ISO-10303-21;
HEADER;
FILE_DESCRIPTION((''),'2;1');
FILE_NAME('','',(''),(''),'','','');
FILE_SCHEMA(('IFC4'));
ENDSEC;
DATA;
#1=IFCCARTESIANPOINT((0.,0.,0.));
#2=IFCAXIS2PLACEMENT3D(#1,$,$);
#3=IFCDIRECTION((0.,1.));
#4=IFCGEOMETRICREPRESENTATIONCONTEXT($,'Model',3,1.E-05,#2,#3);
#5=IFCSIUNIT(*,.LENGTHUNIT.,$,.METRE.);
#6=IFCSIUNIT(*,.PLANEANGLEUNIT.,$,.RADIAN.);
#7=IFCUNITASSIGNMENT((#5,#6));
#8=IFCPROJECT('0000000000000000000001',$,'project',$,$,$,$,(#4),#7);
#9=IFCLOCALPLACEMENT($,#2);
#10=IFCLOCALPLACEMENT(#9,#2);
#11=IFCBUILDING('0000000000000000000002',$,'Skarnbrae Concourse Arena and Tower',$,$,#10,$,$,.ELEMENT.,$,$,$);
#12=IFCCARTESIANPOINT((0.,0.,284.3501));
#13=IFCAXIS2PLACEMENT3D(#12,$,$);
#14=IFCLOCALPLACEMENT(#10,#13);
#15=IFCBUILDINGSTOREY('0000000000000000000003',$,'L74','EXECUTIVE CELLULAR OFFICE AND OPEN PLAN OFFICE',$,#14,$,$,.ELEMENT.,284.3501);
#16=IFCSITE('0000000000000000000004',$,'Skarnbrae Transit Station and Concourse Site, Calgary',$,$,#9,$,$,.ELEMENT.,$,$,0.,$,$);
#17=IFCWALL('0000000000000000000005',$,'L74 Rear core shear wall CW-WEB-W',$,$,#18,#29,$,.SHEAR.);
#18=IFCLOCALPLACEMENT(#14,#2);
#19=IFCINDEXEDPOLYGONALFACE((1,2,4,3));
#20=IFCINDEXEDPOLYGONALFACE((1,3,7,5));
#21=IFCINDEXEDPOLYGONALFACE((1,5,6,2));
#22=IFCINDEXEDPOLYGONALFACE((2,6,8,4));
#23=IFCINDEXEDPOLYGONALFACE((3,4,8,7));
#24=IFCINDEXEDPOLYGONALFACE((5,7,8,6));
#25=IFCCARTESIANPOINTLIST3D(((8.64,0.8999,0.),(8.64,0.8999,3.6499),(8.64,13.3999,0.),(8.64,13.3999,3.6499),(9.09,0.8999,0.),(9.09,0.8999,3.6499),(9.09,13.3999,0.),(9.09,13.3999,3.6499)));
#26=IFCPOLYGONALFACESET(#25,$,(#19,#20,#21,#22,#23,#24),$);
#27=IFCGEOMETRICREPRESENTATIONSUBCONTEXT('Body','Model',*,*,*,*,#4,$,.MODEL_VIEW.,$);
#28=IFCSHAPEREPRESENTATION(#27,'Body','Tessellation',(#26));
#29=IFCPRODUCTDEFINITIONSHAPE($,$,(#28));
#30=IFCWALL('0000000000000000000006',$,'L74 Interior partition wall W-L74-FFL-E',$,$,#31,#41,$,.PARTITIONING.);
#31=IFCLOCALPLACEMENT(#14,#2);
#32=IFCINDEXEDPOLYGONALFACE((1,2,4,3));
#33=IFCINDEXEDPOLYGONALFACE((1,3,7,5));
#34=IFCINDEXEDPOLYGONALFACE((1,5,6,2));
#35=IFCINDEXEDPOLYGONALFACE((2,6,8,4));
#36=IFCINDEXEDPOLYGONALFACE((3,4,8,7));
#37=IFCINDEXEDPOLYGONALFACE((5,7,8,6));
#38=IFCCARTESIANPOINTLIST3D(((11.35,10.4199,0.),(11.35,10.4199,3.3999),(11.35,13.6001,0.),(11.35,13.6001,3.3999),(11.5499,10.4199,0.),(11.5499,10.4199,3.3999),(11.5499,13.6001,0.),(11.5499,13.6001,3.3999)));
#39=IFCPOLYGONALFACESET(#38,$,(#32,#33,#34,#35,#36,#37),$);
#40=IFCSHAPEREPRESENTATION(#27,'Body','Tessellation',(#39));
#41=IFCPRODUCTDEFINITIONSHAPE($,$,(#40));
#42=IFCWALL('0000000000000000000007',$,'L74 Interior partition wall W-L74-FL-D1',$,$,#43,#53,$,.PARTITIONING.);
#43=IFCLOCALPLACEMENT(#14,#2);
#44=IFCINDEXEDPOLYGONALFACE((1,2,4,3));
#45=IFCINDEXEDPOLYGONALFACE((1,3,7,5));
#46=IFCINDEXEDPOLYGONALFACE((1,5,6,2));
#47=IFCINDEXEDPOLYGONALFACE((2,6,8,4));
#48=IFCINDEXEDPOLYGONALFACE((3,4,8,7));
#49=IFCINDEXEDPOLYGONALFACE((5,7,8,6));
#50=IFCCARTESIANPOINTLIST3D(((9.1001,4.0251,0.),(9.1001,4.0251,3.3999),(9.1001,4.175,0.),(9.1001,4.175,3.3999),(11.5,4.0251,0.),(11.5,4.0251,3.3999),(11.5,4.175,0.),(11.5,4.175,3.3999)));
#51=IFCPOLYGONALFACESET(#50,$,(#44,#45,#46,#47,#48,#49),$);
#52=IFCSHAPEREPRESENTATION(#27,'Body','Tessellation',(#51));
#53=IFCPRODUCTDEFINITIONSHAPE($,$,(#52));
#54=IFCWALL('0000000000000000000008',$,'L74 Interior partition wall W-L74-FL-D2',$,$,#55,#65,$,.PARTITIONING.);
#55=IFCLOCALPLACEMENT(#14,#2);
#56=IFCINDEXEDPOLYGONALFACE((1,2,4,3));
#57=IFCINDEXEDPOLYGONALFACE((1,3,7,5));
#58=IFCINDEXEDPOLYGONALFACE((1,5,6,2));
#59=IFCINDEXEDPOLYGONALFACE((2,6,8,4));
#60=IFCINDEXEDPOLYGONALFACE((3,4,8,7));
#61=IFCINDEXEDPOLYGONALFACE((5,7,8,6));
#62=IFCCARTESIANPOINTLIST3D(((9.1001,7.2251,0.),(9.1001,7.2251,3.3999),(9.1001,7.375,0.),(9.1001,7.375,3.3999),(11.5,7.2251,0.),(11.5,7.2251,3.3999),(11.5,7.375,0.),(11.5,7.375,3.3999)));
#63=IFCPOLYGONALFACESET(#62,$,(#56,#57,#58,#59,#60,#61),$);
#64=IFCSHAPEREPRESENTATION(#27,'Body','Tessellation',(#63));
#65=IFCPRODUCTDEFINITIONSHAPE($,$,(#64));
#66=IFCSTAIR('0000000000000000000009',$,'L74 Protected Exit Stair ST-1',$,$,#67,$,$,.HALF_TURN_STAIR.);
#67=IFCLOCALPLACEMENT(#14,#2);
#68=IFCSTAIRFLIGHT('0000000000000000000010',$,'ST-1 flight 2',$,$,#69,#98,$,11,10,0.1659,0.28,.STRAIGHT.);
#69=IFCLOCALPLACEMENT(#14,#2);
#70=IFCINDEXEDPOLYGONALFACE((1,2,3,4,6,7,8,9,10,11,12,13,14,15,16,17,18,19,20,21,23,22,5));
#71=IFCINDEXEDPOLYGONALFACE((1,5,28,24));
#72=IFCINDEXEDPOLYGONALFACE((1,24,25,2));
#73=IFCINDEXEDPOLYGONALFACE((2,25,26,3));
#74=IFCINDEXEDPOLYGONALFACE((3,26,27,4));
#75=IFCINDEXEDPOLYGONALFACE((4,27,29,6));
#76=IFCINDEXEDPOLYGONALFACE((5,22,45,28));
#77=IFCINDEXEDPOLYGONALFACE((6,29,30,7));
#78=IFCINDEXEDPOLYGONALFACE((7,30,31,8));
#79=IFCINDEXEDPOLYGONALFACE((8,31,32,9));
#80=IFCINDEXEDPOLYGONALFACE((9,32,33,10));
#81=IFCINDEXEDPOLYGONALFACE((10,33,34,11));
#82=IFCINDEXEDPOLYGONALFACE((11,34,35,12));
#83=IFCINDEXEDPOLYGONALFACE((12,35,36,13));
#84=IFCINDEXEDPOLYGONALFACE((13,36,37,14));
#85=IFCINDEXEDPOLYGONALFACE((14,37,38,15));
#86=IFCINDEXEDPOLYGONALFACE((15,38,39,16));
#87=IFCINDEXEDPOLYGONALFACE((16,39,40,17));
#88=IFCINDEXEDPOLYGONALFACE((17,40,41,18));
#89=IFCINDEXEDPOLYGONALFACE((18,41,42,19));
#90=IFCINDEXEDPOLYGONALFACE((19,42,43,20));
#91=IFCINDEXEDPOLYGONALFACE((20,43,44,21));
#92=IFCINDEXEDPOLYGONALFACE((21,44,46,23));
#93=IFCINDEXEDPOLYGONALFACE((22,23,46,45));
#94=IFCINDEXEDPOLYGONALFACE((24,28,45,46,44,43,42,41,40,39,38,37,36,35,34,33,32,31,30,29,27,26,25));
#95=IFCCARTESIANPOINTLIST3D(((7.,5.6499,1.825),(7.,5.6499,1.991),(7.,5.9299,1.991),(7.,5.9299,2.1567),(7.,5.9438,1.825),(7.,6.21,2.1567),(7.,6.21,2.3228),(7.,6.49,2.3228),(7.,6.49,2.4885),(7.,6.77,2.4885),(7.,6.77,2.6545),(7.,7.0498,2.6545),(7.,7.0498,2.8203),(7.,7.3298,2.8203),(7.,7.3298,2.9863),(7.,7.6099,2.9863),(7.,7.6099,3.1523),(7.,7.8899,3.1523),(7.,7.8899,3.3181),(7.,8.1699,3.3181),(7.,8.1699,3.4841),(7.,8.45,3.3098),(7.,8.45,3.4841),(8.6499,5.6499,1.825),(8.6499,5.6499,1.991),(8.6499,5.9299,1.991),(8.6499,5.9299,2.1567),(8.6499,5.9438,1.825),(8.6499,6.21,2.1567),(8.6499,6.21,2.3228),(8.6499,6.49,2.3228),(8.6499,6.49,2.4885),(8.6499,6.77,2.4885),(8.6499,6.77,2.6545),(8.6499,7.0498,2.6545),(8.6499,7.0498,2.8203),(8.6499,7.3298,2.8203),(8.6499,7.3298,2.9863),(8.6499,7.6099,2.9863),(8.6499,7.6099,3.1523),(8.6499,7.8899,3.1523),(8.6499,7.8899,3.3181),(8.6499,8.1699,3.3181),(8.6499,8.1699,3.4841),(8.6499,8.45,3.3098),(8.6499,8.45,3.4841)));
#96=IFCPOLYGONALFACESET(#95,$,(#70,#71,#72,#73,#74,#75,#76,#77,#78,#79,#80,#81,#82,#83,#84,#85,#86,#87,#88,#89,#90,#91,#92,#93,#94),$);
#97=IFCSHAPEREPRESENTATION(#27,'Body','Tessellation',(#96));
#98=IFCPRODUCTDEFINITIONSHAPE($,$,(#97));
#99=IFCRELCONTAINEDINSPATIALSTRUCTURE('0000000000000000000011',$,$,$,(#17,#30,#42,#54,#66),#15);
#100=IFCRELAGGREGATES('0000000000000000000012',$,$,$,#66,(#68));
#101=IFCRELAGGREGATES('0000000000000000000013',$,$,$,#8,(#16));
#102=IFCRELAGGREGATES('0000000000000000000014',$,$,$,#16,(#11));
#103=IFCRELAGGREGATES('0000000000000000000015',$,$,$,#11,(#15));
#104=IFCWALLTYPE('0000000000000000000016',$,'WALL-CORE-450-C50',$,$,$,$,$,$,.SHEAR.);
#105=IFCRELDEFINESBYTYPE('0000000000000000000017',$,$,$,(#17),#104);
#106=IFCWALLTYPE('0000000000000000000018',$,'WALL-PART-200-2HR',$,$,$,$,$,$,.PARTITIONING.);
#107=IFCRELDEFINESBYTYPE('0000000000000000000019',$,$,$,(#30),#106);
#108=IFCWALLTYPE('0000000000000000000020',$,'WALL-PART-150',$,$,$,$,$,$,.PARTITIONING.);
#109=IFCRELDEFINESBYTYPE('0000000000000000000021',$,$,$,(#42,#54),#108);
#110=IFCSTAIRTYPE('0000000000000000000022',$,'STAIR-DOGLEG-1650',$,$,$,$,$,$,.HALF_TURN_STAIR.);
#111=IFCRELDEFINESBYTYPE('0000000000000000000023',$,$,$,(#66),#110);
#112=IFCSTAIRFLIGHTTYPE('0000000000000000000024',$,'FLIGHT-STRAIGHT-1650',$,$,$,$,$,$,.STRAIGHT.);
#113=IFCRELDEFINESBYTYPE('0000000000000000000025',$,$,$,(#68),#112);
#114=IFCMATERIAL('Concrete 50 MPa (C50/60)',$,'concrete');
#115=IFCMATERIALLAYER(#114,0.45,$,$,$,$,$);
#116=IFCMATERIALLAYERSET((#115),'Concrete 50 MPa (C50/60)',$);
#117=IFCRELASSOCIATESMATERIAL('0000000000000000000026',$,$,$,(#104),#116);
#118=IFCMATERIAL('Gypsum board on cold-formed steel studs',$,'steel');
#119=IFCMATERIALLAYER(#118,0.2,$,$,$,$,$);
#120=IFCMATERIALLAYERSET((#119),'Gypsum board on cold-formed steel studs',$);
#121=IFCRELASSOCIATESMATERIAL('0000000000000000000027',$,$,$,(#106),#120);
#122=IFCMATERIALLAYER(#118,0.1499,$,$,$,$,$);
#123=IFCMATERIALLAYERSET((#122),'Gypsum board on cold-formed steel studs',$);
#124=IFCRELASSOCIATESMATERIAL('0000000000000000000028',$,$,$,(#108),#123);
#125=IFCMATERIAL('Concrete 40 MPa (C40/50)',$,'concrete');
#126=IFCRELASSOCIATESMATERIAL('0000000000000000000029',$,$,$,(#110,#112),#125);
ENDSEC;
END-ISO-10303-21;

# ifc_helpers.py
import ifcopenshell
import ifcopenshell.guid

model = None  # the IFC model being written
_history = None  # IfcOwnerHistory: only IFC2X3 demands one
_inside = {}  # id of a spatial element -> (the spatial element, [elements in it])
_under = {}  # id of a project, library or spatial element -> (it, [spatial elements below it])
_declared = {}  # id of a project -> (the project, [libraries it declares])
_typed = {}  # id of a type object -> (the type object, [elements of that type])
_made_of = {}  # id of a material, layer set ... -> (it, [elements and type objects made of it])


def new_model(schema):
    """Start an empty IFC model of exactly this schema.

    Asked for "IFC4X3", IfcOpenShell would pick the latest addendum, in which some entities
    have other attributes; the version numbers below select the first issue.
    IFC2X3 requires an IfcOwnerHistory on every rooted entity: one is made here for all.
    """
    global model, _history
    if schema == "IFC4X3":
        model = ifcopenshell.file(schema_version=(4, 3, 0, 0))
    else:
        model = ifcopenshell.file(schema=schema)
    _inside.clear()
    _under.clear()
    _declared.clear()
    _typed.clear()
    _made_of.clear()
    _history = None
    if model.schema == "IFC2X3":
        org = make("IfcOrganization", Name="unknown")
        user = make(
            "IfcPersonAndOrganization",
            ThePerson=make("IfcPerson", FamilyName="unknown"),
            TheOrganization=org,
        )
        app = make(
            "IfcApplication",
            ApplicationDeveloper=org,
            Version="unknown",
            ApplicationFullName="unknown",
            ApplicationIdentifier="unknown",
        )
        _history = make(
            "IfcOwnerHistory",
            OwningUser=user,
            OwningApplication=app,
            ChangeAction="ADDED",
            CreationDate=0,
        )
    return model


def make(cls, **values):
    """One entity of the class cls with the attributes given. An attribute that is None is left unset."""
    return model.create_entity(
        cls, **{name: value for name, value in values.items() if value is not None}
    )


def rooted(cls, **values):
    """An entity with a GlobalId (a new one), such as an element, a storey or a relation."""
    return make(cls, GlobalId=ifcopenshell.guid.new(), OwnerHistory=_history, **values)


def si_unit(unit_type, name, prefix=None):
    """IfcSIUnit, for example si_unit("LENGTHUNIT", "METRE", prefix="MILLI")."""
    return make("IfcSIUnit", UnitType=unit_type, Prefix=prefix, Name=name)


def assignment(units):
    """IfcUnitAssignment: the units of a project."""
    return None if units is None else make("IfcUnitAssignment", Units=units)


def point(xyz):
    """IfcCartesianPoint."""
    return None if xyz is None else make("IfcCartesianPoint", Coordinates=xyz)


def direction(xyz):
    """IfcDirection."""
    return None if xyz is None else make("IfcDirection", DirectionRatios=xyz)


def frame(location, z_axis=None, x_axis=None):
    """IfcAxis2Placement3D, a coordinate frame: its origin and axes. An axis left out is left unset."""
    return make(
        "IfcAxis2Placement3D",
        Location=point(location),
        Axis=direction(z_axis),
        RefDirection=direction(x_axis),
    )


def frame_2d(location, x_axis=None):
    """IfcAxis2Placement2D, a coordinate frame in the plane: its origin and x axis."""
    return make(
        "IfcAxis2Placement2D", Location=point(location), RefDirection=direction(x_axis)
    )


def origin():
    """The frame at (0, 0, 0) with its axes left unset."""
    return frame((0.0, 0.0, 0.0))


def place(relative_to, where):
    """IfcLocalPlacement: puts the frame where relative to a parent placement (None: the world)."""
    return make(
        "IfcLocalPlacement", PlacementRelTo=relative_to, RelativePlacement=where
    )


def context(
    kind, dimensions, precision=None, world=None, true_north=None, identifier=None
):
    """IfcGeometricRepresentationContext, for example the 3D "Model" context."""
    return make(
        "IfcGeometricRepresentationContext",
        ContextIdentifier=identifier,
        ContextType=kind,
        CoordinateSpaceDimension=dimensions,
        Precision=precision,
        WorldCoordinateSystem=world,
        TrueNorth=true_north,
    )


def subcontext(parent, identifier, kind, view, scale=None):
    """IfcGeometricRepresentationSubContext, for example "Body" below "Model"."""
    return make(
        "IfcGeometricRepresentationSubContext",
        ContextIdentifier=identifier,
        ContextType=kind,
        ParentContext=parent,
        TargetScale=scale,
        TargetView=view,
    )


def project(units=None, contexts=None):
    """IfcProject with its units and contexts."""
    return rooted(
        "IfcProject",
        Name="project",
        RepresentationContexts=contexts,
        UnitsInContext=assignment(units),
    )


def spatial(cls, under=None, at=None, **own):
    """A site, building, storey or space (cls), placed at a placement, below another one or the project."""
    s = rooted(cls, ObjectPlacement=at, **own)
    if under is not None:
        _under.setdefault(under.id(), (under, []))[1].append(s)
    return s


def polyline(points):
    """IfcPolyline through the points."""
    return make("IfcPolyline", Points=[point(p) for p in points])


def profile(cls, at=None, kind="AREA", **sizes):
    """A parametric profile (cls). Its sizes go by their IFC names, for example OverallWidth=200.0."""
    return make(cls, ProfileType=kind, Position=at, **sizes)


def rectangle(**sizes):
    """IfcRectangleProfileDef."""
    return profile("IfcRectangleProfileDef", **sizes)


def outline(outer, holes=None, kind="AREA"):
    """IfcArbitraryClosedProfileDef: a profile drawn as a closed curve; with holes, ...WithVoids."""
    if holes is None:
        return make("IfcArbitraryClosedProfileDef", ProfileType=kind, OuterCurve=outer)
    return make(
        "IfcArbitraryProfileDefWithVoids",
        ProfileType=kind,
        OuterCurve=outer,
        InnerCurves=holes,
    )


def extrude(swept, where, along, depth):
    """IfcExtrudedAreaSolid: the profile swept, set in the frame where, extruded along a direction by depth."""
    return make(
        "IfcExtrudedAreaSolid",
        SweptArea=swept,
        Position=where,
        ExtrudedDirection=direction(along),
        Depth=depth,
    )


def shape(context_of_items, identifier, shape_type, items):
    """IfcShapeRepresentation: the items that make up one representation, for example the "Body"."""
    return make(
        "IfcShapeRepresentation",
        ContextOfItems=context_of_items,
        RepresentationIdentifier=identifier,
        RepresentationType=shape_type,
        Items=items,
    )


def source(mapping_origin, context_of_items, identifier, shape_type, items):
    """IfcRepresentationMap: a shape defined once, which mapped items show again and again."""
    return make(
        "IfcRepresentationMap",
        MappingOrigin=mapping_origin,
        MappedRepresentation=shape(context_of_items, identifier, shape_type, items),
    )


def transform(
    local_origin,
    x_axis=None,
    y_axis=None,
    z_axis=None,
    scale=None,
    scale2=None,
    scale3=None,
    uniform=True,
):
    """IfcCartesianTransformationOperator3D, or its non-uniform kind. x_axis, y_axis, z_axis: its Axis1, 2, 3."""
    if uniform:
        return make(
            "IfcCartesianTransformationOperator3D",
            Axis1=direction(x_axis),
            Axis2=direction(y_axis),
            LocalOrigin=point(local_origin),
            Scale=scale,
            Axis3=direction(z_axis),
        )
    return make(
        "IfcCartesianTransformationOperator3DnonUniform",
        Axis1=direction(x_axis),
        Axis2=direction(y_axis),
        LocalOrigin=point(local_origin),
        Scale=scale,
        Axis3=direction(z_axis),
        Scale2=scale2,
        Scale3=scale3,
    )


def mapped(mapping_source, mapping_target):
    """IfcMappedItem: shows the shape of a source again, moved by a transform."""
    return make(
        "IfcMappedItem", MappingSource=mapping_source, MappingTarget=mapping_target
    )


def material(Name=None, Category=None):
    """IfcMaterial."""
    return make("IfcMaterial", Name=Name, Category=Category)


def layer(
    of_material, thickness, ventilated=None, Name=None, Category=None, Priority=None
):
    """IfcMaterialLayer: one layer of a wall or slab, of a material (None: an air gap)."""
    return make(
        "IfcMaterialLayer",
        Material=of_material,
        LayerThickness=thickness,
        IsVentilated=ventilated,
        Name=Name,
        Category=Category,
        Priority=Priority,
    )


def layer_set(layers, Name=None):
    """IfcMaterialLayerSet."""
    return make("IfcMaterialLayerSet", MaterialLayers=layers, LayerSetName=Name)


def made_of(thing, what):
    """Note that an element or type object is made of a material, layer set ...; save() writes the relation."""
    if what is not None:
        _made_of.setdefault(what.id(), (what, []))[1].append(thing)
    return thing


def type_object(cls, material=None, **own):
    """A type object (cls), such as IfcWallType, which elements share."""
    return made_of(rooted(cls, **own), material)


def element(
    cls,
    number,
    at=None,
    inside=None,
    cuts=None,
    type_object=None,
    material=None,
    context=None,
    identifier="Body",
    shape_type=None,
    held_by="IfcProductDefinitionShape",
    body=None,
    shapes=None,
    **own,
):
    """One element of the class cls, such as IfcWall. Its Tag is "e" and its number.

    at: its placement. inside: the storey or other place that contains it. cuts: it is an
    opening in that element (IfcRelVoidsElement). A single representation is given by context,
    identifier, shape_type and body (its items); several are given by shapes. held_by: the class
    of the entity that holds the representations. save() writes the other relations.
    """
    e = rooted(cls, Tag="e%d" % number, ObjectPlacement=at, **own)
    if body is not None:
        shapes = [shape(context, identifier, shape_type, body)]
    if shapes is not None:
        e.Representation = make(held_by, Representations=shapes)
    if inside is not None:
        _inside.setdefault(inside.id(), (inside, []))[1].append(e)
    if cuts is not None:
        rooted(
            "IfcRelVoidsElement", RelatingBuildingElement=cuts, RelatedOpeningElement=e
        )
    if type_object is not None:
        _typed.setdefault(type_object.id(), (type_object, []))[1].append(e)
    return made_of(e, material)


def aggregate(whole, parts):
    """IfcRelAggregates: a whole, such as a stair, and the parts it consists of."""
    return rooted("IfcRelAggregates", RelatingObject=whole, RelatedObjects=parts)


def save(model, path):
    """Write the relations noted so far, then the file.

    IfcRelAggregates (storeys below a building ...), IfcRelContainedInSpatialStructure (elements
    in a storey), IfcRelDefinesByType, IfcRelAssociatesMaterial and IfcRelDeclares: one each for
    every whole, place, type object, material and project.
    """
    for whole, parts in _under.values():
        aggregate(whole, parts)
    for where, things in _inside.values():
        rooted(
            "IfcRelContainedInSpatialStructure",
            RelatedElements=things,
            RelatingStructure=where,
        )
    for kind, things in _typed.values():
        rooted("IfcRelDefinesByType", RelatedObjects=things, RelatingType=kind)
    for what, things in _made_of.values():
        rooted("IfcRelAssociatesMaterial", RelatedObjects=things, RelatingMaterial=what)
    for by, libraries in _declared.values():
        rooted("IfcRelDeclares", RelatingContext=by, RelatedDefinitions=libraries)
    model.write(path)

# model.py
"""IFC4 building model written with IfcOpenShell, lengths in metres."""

from ifc_helpers import new_model, si_unit, direction, frame, frame_2d, origin, place, context, subcontext, project, spatial, polyline, rectangle, outline, extrude, source, transform, mapped, material, layer, layer_set, type_object, element, aggregate, save


model = new_model("IFC4")

# Units and contexts
model_context = context("Model", 3, precision=1e-05, world=origin(), true_north=direction((0.0, 1.0)))
body_context = subcontext(model_context, "Body", "Model", "MODEL_VIEW")
ifc_project = project(units=[si_unit("LENGTHUNIT", "METRE"), si_unit("PLANEANGLEUNIT", "RADIAN")], contexts=[model_context])

# Site, building, storey
site_placement = place(None, origin())
site = spatial("IfcSite", under=ifc_project, at=site_placement, Name="Skarnbrae Transit Station and Concourse Site, Calgary", CompositionType="ELEMENT", RefElevation=0.0)
building_placement = place(site_placement, origin())
building = spatial("IfcBuilding", under=site, at=building_placement, Name="Skarnbrae Concourse Arena and Tower", CompositionType="ELEMENT")
storey_placement = place(building_placement, frame((0.0, 0.0, 284.3501)))
storey = spatial("IfcBuildingStorey", under=building, at=storey_placement, Name="L74", Description="EXECUTIVE CELLULAR OFFICE AND OPEN PLAN OFFICE", CompositionType="ELEMENT", Elevation=284.3501)

# Walls
ifc_material_1 = material(Name="Concrete 50 MPa (C50/60)", Category="concrete")
ifc_layer_1 = layer(ifc_material_1, 0.45)
ifc_layer_set_1 = layer_set([ifc_layer_1], Name="Concrete 50 MPa (C50/60)")
wall_type_1 = type_object("IfcWallType", Name="WALL-CORE-450-C50", PredefinedType="SHEAR", material=ifc_layer_set_1)
shared_shape_1 = source(origin(), body_context, "Body", "SweptSolid", [
    extrude(rectangle(XDim=12.5, YDim=0.45, at=frame_2d((6.25, 0.0))), origin(), (0.0, 0.0, 1.0), 3.6499),
])
wall_1_placement = place(storey_placement, frame((8.865, 0.8999, 0.0), z_axis=(0.0, 0.0, 1.0), x_axis=(0.0, 1.0, 0.0)))
element("IfcWall", 1, at=wall_1_placement, inside=storey, type_object=wall_type_1, Name="L74 Rear core shear wall CW-WEB-W", PredefinedType="SHEAR", context=body_context, shape_type="MappedRepresentation", body=[
    mapped(shared_shape_1, transform((0.0, 0.0, 0.0))),
])
ifc_material_2 = material(Name="Gypsum board on cold-formed steel studs", Category="steel")
ifc_layer_2 = layer(ifc_material_2, 0.2)
ifc_layer_set_2 = layer_set([ifc_layer_2], Name="Gypsum board on cold-formed steel studs")
wall_type_2 = type_object("IfcWallType", Name="WALL-PART-200-2HR", PredefinedType="PARTITIONING", material=ifc_layer_set_2)
shared_shape_2 = source(origin(), body_context, "Body", "SweptSolid", [
    extrude(rectangle(XDim=3.1802, YDim=0.2, at=frame_2d((1.5901, 0.0))), origin(), (0.0, 0.0, 1.0), 3.3999),
])
wall_2_placement = place(storey_placement, frame((11.45, 10.4199, 0.0), z_axis=(0.0, 0.0, 1.0), x_axis=(0.0, 1.0, 0.0)))
element("IfcWall", 2, at=wall_2_placement, inside=storey, type_object=wall_type_2, Name="L74 Interior partition wall W-L74-FFL-E", PredefinedType="PARTITIONING", context=body_context, shape_type="MappedRepresentation", body=[
    mapped(shared_shape_2, transform((0.0, 0.0, 0.0))),
])

# Walls
ifc_layer_3 = layer(ifc_material_2, 0.1499)
ifc_layer_set_3 = layer_set([ifc_layer_3], Name="Gypsum board on cold-formed steel studs")
wall_type_3 = type_object("IfcWallType", Name="WALL-PART-150", PredefinedType="PARTITIONING", material=ifc_layer_set_3)
shared_shape_3 = source(origin(), body_context, "Body", "SweptSolid", [
    extrude(rectangle(XDim=2.3999, YDim=0.1499, at=frame_2d((1.2, 0.0))), origin(), (0.0, 0.0, 1.0), 3.3999),
])
for number, where, z_axis, x_axis, name in (
    (3, (9.1001, 4.1001, 0.0), (0.0, 0.0, 1.0), (1.0, 0.0, 0.0), "L74 Interior partition wall W-L74-FL-D1"),
    (4, (9.1001, 7.3, 0.0), (0.0, 0.0, 1.0), (1.0, 0.0, 0.0), "L74 Interior partition wall W-L74-FL-D2"),
):
    element("IfcWall", number, at=place(storey_placement, frame(where, z_axis=z_axis, x_axis=x_axis)), inside=storey, type_object=wall_type_3, Name=name, PredefinedType="PARTITIONING", context=body_context, shape_type="MappedRepresentation", body=[
        mapped(shared_shape_3, transform((0.0, 0.0, 0.0))),
    ])

# Stair, stair flight
ifc_material_3 = material(Name="Concrete 40 MPa (C40/50)", Category="concrete")
stair_type = type_object("IfcStairType", Name="STAIR-DOGLEG-1650", PredefinedType="HALF_TURN_STAIR", material=ifc_material_3)
stair_placement = place(storey_placement, origin())
stair = element("IfcStair", 5, at=stair_placement, inside=storey, type_object=stair_type, Name="L74 Protected Exit Stair ST-1", PredefinedType="HALF_TURN_STAIR")
stair_flight_type = type_object("IfcStairFlightType", Name="FLIGHT-STRAIGHT-1650", PredefinedType="STRAIGHT", material=ifc_material_3)
shared_shape_4 = source(origin(), body_context, "Body", "SweptSolid", [
    extrude(outline(polyline([(0.0, 0.0), (0.0, 0.166), (0.28, 0.166), (0.28, 0.3318), (0.5601, 0.3318), (0.5601, 0.4978), (0.8401, 0.4978), (0.8401, 0.6636), (1.1201, 0.6636), (1.1201, 0.8296), (1.3999, 0.8296), (1.3999, 0.9954), (1.6799, 0.9954), (1.6799, 1.1614), (1.96, 1.1614), (1.96, 1.3274), (2.24, 1.3274), (2.24, 1.4932), (2.52, 1.4932), (2.52, 1.6592), (2.8, 1.6592), (2.8, 1.825), (2.8, 1.4849), (0.2939, 0.0), (0.0, 0.0)])), frame((0.0, 0.825, 0.0), z_axis=(0.0, -1.0, 0.0), x_axis=(1.0, 0.0, 0.0)), (0.0, 0.0, 1.0), 1.6499),
])
stair_flight_placement = place(storey_placement, frame((7.825, 5.6499, 1.825), z_axis=(0.0, 0.0, 1.0), x_axis=(0.0, 1.0, 0.0)))
stair_flight = element("IfcStairFlight", 6, at=stair_flight_placement, type_object=stair_flight_type, Name="ST-1 flight 2", NumberOfRisers=11, NumberOfTreads=10, PredefinedType="STRAIGHT", RiserHeight=0.1659, TreadLength=0.28, context=body_context, shape_type="MappedRepresentation", body=[
    mapped(shared_shape_4, transform((0.0, 0.0, 0.0))),
])
aggregate(stair, [stair_flight])

save(model, "model.ifc")
